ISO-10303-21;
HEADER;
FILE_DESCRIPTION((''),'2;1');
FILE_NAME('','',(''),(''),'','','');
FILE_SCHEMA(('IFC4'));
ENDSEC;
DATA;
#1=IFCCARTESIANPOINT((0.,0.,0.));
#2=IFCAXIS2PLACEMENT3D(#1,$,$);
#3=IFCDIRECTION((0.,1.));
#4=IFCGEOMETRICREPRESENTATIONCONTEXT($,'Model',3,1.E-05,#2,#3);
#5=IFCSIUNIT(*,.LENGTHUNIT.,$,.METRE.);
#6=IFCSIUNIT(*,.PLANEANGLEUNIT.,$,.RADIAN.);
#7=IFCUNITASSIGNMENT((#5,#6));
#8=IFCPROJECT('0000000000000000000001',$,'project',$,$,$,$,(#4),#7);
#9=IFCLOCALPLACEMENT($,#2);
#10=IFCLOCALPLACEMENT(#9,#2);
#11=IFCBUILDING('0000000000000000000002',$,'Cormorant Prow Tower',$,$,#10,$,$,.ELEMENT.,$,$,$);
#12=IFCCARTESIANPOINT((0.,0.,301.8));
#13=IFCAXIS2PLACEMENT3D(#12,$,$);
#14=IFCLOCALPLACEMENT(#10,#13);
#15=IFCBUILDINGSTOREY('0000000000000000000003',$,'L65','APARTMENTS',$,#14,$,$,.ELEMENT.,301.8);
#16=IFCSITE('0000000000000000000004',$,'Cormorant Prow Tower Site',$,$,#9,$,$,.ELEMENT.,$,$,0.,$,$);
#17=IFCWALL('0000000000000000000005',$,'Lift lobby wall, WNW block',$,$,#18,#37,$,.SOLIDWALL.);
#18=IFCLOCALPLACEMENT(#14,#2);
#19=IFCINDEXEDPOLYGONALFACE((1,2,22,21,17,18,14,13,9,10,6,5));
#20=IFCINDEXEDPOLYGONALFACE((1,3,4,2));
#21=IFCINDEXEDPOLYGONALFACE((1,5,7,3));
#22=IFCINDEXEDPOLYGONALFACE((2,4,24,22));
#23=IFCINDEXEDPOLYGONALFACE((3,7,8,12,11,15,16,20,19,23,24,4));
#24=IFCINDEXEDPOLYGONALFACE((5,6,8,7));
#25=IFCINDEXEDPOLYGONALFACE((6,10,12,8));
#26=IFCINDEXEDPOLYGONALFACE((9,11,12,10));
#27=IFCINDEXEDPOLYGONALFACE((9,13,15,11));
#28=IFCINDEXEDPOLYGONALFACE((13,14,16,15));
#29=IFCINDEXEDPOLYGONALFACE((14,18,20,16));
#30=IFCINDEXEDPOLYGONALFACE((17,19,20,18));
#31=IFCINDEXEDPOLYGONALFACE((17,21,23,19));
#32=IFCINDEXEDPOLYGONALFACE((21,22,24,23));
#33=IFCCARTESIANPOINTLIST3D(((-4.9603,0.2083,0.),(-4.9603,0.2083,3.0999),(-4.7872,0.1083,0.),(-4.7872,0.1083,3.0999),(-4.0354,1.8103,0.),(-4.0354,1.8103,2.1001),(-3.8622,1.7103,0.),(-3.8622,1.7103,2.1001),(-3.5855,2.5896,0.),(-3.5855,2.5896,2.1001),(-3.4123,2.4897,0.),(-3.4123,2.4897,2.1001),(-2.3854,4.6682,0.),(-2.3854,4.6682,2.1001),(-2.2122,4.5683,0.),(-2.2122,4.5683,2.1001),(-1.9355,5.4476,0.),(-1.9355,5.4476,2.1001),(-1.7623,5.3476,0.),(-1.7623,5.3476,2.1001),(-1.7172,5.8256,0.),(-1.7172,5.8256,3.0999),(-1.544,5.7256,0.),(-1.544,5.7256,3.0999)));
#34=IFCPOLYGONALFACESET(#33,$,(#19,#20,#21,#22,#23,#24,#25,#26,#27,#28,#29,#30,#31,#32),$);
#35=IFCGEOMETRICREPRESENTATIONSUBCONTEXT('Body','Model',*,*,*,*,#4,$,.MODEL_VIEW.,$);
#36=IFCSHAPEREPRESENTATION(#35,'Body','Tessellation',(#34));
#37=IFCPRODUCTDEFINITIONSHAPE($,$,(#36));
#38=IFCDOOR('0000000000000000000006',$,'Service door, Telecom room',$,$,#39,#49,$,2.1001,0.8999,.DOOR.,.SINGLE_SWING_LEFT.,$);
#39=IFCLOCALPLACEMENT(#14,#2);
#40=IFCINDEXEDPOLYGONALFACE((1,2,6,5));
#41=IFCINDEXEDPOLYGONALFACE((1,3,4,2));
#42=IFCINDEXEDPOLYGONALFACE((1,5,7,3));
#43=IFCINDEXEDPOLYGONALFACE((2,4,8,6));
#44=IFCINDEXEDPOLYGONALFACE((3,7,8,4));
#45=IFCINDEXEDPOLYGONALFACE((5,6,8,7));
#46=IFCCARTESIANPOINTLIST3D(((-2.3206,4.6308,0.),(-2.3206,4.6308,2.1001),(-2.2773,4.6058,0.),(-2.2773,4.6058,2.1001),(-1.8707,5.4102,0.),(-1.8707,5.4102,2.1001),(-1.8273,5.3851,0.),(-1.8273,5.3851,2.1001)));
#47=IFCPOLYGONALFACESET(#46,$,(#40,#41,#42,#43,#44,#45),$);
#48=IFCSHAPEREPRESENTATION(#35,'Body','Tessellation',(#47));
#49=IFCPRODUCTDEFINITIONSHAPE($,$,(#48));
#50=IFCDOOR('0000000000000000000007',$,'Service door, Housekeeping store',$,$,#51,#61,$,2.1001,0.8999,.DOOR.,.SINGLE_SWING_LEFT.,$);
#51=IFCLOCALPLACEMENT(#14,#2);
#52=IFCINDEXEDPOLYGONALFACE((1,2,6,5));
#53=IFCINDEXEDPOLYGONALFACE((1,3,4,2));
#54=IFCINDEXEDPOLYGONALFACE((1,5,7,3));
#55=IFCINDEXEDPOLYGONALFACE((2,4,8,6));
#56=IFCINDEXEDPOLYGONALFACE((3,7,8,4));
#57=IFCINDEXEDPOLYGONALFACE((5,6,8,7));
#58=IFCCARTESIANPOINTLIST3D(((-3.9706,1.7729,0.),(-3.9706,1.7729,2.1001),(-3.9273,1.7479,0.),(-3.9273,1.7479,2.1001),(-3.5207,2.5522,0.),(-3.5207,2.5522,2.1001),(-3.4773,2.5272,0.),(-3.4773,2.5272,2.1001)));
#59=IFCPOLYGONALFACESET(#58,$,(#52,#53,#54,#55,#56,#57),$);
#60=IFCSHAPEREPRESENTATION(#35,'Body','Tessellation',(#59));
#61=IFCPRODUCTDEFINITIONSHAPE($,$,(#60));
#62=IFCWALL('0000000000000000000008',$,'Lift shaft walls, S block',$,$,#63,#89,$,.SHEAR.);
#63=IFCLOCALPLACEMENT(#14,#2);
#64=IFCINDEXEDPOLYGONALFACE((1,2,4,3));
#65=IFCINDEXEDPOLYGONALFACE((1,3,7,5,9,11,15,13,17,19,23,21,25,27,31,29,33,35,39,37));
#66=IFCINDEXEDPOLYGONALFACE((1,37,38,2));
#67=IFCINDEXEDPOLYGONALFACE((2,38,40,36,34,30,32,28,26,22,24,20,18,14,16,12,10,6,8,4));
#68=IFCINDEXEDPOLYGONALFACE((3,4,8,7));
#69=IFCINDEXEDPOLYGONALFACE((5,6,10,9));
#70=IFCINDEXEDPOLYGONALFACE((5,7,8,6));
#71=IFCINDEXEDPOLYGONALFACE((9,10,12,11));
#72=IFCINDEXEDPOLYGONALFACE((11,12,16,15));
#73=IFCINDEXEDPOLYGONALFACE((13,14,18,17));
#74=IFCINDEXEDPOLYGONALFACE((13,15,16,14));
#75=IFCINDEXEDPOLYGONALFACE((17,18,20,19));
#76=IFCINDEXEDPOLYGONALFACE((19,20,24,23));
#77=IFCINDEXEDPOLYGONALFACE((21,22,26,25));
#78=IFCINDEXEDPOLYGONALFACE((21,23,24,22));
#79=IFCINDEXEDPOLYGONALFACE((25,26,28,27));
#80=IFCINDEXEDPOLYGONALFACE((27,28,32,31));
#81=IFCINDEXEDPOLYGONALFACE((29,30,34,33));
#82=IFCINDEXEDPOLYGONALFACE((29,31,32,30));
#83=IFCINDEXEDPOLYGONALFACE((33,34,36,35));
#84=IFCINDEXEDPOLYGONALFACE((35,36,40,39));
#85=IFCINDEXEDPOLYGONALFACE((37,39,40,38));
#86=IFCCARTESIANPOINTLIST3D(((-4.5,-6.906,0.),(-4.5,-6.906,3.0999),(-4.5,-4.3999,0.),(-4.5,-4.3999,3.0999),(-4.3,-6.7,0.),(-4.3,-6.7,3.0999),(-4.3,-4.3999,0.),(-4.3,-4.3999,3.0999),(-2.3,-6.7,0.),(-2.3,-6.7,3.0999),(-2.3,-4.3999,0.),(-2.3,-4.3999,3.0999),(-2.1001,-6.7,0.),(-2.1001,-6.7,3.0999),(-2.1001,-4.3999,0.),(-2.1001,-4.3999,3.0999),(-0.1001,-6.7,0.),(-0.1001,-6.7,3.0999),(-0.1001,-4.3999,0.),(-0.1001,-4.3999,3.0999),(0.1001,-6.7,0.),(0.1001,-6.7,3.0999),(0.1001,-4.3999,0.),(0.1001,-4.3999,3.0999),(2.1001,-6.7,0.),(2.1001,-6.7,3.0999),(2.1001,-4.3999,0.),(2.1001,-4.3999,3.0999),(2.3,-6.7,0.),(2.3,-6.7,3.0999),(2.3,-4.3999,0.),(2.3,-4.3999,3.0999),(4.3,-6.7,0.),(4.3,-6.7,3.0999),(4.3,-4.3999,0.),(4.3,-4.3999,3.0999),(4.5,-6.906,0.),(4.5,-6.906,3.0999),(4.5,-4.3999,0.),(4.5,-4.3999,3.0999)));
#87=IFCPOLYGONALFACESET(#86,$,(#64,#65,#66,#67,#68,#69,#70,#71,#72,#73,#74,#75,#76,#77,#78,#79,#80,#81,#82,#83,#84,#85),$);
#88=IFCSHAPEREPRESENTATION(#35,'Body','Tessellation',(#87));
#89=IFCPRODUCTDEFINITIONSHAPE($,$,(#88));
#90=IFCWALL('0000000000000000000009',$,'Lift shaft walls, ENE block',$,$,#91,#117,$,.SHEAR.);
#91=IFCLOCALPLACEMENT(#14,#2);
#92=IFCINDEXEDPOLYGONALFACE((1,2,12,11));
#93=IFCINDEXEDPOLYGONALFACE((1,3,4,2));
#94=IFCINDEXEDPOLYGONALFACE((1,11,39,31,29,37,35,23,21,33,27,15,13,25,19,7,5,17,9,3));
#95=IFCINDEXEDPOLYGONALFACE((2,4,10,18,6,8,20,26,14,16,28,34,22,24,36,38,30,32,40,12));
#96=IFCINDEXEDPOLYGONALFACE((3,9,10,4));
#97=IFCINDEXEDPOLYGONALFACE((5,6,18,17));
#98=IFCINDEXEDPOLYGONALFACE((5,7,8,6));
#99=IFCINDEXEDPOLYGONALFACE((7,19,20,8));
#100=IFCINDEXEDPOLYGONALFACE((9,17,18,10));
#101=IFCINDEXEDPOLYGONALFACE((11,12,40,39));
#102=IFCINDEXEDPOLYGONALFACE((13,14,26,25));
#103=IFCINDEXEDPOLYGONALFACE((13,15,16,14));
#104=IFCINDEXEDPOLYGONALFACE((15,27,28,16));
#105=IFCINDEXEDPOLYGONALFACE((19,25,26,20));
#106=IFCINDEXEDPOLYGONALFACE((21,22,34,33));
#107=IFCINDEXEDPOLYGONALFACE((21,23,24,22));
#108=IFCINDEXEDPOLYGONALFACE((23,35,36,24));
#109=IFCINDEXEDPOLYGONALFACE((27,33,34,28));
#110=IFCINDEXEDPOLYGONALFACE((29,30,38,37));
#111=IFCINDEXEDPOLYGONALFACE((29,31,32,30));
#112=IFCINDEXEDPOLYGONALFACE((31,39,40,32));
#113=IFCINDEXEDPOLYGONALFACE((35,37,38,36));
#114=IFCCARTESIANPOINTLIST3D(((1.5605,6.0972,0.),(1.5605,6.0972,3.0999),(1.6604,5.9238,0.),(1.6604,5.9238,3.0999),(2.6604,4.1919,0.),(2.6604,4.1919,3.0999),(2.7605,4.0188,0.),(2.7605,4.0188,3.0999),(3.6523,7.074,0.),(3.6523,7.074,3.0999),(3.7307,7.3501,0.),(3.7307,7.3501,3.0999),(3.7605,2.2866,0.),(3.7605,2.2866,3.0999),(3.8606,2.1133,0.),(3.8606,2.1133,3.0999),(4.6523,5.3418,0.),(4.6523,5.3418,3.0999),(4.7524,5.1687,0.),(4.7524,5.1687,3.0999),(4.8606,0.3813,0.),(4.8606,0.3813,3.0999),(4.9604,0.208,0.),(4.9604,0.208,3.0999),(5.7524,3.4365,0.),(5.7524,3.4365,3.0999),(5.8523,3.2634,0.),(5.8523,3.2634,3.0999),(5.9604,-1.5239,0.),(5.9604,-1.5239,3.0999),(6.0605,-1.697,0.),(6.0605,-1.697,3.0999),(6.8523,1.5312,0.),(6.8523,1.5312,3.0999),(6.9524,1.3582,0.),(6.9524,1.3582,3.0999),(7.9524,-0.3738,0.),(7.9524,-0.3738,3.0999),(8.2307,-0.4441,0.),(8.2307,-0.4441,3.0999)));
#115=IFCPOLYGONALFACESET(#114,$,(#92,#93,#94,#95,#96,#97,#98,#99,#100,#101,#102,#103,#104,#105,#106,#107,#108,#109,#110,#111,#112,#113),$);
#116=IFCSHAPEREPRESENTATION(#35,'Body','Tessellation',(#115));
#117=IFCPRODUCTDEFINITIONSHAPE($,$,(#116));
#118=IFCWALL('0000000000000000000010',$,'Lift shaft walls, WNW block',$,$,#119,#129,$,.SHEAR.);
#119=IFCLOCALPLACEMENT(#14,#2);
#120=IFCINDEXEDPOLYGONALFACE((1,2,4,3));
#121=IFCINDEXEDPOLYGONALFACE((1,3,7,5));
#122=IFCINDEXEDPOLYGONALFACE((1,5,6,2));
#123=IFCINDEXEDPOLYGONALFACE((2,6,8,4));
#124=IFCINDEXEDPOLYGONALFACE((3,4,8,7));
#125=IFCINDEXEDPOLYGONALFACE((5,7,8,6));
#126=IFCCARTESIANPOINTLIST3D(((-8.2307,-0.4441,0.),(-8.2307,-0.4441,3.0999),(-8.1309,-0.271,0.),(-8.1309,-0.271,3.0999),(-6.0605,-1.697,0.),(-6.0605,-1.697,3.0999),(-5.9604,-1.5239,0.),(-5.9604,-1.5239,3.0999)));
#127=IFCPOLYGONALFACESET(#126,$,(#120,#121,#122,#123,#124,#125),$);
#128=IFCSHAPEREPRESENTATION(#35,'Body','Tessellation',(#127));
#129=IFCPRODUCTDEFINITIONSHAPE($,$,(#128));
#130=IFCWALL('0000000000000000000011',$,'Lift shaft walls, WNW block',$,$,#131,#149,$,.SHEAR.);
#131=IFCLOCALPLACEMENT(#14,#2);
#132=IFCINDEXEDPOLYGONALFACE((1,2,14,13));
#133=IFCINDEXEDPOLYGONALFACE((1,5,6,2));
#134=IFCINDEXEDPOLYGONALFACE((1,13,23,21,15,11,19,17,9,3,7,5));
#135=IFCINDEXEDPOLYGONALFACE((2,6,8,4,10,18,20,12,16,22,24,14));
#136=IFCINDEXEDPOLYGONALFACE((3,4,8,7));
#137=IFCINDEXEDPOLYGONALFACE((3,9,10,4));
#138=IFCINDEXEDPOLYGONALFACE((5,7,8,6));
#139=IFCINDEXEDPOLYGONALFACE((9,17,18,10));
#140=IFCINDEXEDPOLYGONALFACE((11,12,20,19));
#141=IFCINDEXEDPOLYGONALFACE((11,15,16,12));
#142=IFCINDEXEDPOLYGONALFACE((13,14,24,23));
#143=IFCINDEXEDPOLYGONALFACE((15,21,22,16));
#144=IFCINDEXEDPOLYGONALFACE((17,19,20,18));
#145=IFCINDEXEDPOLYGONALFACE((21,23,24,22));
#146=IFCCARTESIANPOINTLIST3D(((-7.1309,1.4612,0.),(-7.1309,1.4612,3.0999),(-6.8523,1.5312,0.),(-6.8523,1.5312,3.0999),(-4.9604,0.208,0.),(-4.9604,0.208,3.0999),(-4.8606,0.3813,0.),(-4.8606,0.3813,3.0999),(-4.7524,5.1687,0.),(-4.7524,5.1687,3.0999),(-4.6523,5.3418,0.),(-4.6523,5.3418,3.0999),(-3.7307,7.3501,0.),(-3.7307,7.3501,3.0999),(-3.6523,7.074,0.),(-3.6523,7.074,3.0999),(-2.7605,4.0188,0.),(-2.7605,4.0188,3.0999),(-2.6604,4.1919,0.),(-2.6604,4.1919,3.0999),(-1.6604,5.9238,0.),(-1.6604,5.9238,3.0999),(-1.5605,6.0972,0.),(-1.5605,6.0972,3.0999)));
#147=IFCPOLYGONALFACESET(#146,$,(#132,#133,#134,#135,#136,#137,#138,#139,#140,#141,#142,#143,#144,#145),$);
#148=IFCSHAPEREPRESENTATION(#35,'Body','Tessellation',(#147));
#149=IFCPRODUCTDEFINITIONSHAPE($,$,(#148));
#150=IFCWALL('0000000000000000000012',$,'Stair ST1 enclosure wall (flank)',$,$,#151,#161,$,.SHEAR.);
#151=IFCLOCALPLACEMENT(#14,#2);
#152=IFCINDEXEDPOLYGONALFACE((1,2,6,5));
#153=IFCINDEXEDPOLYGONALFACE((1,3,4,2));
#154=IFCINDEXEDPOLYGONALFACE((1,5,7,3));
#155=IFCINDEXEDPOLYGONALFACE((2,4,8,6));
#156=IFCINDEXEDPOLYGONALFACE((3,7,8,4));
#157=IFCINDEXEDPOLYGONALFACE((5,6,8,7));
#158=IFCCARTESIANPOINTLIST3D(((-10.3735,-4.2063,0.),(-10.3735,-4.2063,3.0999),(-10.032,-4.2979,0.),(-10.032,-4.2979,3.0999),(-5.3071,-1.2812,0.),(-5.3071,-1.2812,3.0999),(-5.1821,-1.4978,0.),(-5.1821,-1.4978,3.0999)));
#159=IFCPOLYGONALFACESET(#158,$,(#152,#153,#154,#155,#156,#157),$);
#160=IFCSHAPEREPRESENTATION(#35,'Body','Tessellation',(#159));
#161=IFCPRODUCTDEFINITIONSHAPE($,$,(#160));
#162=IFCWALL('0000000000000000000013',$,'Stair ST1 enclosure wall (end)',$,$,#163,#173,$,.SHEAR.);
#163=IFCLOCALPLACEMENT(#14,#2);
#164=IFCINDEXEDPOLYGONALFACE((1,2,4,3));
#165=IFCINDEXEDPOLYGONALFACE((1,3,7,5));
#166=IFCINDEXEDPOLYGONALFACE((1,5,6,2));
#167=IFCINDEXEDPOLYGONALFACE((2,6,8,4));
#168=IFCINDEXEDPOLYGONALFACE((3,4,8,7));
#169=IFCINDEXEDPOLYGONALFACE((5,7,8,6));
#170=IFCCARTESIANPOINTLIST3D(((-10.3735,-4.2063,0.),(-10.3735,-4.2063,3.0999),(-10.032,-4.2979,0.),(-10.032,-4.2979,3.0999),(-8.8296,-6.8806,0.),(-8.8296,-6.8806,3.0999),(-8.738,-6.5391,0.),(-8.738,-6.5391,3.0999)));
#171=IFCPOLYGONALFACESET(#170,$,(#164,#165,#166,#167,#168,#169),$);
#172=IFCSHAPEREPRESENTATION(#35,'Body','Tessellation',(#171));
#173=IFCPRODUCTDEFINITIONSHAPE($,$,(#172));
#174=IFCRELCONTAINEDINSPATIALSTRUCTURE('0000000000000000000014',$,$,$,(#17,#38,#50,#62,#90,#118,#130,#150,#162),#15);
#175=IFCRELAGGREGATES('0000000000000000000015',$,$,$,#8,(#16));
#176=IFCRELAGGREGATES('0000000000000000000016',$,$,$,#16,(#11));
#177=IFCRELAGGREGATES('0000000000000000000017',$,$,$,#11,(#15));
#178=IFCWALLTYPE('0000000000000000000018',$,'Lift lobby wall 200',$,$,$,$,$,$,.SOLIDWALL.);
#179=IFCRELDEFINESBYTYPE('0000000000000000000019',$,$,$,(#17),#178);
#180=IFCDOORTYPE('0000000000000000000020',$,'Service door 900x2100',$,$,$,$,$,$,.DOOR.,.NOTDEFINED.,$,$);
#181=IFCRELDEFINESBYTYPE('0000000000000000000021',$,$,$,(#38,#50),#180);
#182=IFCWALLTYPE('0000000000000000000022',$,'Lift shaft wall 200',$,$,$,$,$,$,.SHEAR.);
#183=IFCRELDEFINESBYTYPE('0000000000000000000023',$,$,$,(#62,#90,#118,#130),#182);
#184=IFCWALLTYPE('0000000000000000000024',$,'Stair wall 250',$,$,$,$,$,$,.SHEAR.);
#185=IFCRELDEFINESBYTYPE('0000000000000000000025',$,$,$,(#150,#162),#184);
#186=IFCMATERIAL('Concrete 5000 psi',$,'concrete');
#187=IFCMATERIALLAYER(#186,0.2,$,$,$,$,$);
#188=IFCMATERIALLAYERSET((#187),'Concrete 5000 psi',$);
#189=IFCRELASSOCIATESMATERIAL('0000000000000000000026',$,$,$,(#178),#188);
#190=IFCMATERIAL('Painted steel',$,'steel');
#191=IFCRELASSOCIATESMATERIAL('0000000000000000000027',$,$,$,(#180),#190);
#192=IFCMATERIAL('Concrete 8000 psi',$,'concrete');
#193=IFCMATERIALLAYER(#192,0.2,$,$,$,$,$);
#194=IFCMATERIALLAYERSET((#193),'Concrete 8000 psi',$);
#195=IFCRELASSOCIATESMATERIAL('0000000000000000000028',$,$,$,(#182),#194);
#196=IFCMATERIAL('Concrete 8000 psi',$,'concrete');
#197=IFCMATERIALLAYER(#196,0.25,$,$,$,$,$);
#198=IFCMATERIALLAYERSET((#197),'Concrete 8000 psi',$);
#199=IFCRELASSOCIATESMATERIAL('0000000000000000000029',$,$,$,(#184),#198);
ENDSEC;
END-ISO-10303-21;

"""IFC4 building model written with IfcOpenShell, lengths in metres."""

from ifc_helpers import new_model, si_unit, direction, frame, frame_2d, origin, place, context, subcontext, project, spatial, polyline, rectangle, outline, extrude, material, layer, layer_set, type_object, element, fill, save


model = new_model("IFC4")

# Units and contexts
model_context = context("Model", 3, precision=1e-05, world=origin(), true_north=direction((0.0, 1.0)))
body_context = subcontext(model_context, "Body", "Model", "MODEL_VIEW")
ifc_project = project(units=[si_unit("LENGTHUNIT", "METRE"), si_unit("PLANEANGLEUNIT", "RADIAN")], contexts=[model_context])

# Site, building, storey
site_placement = place(None, origin())
site = spatial("IfcSite", under=ifc_project, at=site_placement, Name="Cormorant Prow Tower Site", CompositionType="ELEMENT", RefElevation=0.0)
building_placement = place(site_placement, origin())
building = spatial("IfcBuilding", under=site, at=building_placement, Name="Cormorant Prow Tower", CompositionType="ELEMENT")
storey_placement = place(building_placement, frame((0.0, 0.0, 301.8)))
storey = spatial("IfcBuildingStorey", under=building, at=storey_placement, Name="L65", Description="APARTMENTS", CompositionType="ELEMENT", Elevation=301.8)

# Wall, openings, doors
ifc_material_1 = material(Name="Concrete 5000 psi", Category="concrete")
ifc_layer_1 = layer(ifc_material_1, 0.2)
ifc_layer_set_1 = layer_set([ifc_layer_1], Name="Concrete 5000 psi")
wall_type_1 = type_object("IfcWallType", Name="Lift lobby wall 200", PredefinedType="SOLIDWALL", material=ifc_layer_set_1)
wall_1_placement = place(storey_placement, frame((-1.6306, 5.7756, 0.0), z_axis=(0.0, 0.0, 1.0), x_axis=(-0.499993, -0.86603, 0.0)))
wall_1 = element("IfcWall", 1, at=wall_1_placement, inside=storey, type_object=wall_type_1, Name="Lift lobby wall, WNW block", PredefinedType="SOLIDWALL", context=body_context, shape_type="SweptSolid", body=[
    extrude(rectangle(XDim=6.4863, YDim=0.2, at=frame_2d((3.2432, 0.0))), origin(), (0.0, 0.0, 1.0), 3.0999),
])
opening_1_placement = place(wall_1_placement, frame((0.4365, 0.0, 0.0)))
opening_1 = element("IfcOpeningElement", 2, at=opening_1_placement, cuts=wall_1, PredefinedType="OPENING", context=body_context, shape_type="SweptSolid", body=[
    extrude(rectangle(XDim=0.8999, YDim=2.1001, at=frame_2d((0.45, 1.05))), frame((0.0, 0.1099, 0.0), z_axis=(0.0, -1.0, 0.0), x_axis=(1.0, 0.0, 0.0)), (0.0, 0.0, 1.0), 0.22),
])
opening_2_placement = place(wall_1_placement, frame((3.7366, 0.0, 0.0)))
opening_2 = element("IfcOpeningElement", 3, at=opening_2_placement, cuts=wall_1, PredefinedType="OPENING", context=body_context, shape_type="SweptSolid", body=[
    extrude(rectangle(XDim=0.8999, YDim=2.1001, at=frame_2d((0.45, 1.05))), frame((0.0, 0.1099, 0.0), z_axis=(0.0, -1.0, 0.0), x_axis=(1.0, 0.0, 0.0)), (0.0, 0.0, 1.0), 0.22),
])
ifc_material_2 = material(Name="Painted steel", Category="steel")
door_type_1 = type_object("IfcDoorType", Name="Service door 900x2100", OperationType="NOTDEFINED", PredefinedType="DOOR", material=ifc_material_2)
door_1_placement = place(opening_1_placement, origin())
door_1 = element("IfcDoor", 4, at=door_1_placement, inside=storey, type_object=door_type_1, Name="Service door, Telecom room", OperationType="SINGLE_SWING_LEFT", OverallHeight=2.1001, OverallWidth=0.8999, PredefinedType="DOOR", context=body_context, shape_type="SweptSolid", body=[
    extrude(rectangle(XDim=0.8999, YDim=2.1001, at=frame_2d((0.45, 1.05))), frame((0.0, 0.0249, 0.0), z_axis=(0.0, -1.0, 0.0), x_axis=(1.0, 0.0, 0.0)), (0.0, 0.0, 1.0), 0.05),
])
fill(opening_1, door_1)
door_2_placement = place(opening_2_placement, origin())
door_2 = element("IfcDoor", 5, at=door_2_placement, inside=storey, type_object=door_type_1, Name="Service door, Housekeeping store", OperationType="SINGLE_SWING_LEFT", OverallHeight=2.1001, OverallWidth=0.8999, PredefinedType="DOOR", context=body_context, shape_type="SweptSolid", body=[
    extrude(rectangle(XDim=0.8999, YDim=2.1001, at=frame_2d((0.45, 1.05))), frame((0.0, 0.0249, 0.0), z_axis=(0.0, -1.0, 0.0), x_axis=(1.0, 0.0, 0.0)), (0.0, 0.0, 1.0), 0.05),
])
fill(opening_2, door_2)

# Walls
ifc_material_3 = material(Name="Concrete 8000 psi", Category="concrete")
ifc_layer_2 = layer(ifc_material_3, 0.2)
ifc_layer_set_2 = layer_set([ifc_layer_2], Name="Concrete 8000 psi")
wall_type_2 = type_object("IfcWallType", Name="Lift shaft wall 200", PredefinedType="SHEAR", material=ifc_layer_set_2)
wall_2_placement = place(storey_placement, origin())
element("IfcWall", 6, at=wall_2_placement, inside=storey, type_object=wall_type_2, Name="Lift shaft walls, S block", PredefinedType="SHEAR", context=body_context, shape_type="SweptSolid", body=[
    extrude(outline(polyline([(4.5, -4.3999), (4.5, -6.906), (-4.5, -6.906), (-4.5, -4.3999), (-4.3, -4.3999), (-4.3, -6.7), (-2.3, -6.7), (-2.3, -4.3999), (-2.1001, -4.3999), (-2.1001, -6.7), (-0.1001, -6.7), (-0.1001, -4.3999), (0.1001, -4.3999), (0.1001, -6.7), (2.1001, -6.7), (2.1001, -4.3999), (2.3, -4.3999), (2.3, -6.7), (4.3, -6.7), (4.3, -4.3999), (4.5, -4.3999)])), origin(), (0.0, 0.0, 1.0), 3.0999),
])
wall_3_placement = place(storey_placement, origin())
element("IfcWall", 7, at=wall_3_placement, inside=storey, type_object=wall_type_2, Name="Lift shaft walls, ENE block", PredefinedType="SHEAR", context=body_context, shape_type="SweptSolid", body=[
    extrude(outline(polyline([(1.5605, 6.0972), (3.7307, 7.3501), (8.2307, -0.4441), (6.0605, -1.697), (5.9604, -1.5239), (7.9524, -0.3738), (6.9524, 1.3582), (4.9604, 0.208), (4.8606, 0.3813), (6.8523, 1.5312), (5.8523, 3.2634), (3.8606, 2.1133), (3.7605, 2.2866), (5.7524, 3.4365), (4.7524, 5.1687), (2.7605, 4.0188), (2.6604, 4.1919), (4.6523, 5.3418), (3.6523, 7.074), (1.6604, 5.9238), (1.5605, 6.0972)])), origin(), (0.0, 0.0, 1.0), 3.0999),
])
wall_4_placement = place(storey_placement, origin())
element("IfcWall", 8, at=wall_4_placement, inside=storey, type_object=wall_type_2, Name="Lift shaft walls, WNW block", PredefinedType="SHEAR", context=body_context, shape_type="SweptSolid", body=[
    extrude(outline(polyline([(-6.0605, -1.697), (-8.2307, -0.4441), (-8.1309, -0.271), (-5.9604, -1.5239), (-6.0605, -1.697)])), origin(), (0.0, 0.0, 1.0), 3.0999),
])
wall_5_placement = place(storey_placement, origin())
element("IfcWall", 9, at=wall_5_placement, inside=storey, type_object=wall_type_2, Name="Lift shaft walls, WNW block", PredefinedType="SHEAR", context=body_context, shape_type="SweptSolid", body=[
    extrude(outline(polyline([(-4.9604, 0.208), (-7.1309, 1.4612), (-3.7307, 7.3501), (-1.5605, 6.0972), (-1.6604, 5.9238), (-3.6523, 7.074), (-4.6523, 5.3418), (-2.6604, 4.1919), (-2.7605, 4.0188), (-4.7524, 5.1687), (-6.8523, 1.5312), (-4.8606, 0.3813), (-4.9604, 0.208)])), origin(), (0.0, 0.0, 1.0), 3.0999),
])
ifc_material_4 = material(Name="Concrete 8000 psi", Category="concrete")
ifc_layer_3 = layer(ifc_material_4, 0.25)
ifc_layer_set_3 = layer_set([ifc_layer_3], Name="Concrete 8000 psi")
wall_type_3 = type_object("IfcWallType", Name="Stair wall 250", PredefinedType="SHEAR", material=ifc_layer_set_3)
wall_6_placement = place(storey_placement, origin())
element("IfcWall", 10, at=wall_6_placement, inside=storey, type_object=wall_type_3, Name="Stair ST1 enclosure wall (flank)", PredefinedType="SHEAR", context=body_context, shape_type="SweptSolid", body=[
    extrude(outline(polyline([(-5.3071, -1.2812), (-10.3735, -4.2063), (-10.032, -4.2979), (-5.1821, -1.4978), (-5.3071, -1.2812)])), origin(), (0.0, 0.0, 1.0), 3.0999),
])
wall_7_placement = place(storey_placement, origin())
element("IfcWall", 11, at=wall_7_placement, inside=storey, type_object=wall_type_3, Name="Stair ST1 enclosure wall (end)", PredefinedType="SHEAR", context=body_context, shape_type="SweptSolid", body=[
    extrude(outline(polyline([(-10.3735, -4.2063), (-8.8296, -6.8806), (-8.738, -6.5391), (-10.032, -4.2979), (-10.3735, -4.2063)])), origin(), (0.0, 0.0, 1.0), 3.0999),
])

save(model, "model.ifc")
